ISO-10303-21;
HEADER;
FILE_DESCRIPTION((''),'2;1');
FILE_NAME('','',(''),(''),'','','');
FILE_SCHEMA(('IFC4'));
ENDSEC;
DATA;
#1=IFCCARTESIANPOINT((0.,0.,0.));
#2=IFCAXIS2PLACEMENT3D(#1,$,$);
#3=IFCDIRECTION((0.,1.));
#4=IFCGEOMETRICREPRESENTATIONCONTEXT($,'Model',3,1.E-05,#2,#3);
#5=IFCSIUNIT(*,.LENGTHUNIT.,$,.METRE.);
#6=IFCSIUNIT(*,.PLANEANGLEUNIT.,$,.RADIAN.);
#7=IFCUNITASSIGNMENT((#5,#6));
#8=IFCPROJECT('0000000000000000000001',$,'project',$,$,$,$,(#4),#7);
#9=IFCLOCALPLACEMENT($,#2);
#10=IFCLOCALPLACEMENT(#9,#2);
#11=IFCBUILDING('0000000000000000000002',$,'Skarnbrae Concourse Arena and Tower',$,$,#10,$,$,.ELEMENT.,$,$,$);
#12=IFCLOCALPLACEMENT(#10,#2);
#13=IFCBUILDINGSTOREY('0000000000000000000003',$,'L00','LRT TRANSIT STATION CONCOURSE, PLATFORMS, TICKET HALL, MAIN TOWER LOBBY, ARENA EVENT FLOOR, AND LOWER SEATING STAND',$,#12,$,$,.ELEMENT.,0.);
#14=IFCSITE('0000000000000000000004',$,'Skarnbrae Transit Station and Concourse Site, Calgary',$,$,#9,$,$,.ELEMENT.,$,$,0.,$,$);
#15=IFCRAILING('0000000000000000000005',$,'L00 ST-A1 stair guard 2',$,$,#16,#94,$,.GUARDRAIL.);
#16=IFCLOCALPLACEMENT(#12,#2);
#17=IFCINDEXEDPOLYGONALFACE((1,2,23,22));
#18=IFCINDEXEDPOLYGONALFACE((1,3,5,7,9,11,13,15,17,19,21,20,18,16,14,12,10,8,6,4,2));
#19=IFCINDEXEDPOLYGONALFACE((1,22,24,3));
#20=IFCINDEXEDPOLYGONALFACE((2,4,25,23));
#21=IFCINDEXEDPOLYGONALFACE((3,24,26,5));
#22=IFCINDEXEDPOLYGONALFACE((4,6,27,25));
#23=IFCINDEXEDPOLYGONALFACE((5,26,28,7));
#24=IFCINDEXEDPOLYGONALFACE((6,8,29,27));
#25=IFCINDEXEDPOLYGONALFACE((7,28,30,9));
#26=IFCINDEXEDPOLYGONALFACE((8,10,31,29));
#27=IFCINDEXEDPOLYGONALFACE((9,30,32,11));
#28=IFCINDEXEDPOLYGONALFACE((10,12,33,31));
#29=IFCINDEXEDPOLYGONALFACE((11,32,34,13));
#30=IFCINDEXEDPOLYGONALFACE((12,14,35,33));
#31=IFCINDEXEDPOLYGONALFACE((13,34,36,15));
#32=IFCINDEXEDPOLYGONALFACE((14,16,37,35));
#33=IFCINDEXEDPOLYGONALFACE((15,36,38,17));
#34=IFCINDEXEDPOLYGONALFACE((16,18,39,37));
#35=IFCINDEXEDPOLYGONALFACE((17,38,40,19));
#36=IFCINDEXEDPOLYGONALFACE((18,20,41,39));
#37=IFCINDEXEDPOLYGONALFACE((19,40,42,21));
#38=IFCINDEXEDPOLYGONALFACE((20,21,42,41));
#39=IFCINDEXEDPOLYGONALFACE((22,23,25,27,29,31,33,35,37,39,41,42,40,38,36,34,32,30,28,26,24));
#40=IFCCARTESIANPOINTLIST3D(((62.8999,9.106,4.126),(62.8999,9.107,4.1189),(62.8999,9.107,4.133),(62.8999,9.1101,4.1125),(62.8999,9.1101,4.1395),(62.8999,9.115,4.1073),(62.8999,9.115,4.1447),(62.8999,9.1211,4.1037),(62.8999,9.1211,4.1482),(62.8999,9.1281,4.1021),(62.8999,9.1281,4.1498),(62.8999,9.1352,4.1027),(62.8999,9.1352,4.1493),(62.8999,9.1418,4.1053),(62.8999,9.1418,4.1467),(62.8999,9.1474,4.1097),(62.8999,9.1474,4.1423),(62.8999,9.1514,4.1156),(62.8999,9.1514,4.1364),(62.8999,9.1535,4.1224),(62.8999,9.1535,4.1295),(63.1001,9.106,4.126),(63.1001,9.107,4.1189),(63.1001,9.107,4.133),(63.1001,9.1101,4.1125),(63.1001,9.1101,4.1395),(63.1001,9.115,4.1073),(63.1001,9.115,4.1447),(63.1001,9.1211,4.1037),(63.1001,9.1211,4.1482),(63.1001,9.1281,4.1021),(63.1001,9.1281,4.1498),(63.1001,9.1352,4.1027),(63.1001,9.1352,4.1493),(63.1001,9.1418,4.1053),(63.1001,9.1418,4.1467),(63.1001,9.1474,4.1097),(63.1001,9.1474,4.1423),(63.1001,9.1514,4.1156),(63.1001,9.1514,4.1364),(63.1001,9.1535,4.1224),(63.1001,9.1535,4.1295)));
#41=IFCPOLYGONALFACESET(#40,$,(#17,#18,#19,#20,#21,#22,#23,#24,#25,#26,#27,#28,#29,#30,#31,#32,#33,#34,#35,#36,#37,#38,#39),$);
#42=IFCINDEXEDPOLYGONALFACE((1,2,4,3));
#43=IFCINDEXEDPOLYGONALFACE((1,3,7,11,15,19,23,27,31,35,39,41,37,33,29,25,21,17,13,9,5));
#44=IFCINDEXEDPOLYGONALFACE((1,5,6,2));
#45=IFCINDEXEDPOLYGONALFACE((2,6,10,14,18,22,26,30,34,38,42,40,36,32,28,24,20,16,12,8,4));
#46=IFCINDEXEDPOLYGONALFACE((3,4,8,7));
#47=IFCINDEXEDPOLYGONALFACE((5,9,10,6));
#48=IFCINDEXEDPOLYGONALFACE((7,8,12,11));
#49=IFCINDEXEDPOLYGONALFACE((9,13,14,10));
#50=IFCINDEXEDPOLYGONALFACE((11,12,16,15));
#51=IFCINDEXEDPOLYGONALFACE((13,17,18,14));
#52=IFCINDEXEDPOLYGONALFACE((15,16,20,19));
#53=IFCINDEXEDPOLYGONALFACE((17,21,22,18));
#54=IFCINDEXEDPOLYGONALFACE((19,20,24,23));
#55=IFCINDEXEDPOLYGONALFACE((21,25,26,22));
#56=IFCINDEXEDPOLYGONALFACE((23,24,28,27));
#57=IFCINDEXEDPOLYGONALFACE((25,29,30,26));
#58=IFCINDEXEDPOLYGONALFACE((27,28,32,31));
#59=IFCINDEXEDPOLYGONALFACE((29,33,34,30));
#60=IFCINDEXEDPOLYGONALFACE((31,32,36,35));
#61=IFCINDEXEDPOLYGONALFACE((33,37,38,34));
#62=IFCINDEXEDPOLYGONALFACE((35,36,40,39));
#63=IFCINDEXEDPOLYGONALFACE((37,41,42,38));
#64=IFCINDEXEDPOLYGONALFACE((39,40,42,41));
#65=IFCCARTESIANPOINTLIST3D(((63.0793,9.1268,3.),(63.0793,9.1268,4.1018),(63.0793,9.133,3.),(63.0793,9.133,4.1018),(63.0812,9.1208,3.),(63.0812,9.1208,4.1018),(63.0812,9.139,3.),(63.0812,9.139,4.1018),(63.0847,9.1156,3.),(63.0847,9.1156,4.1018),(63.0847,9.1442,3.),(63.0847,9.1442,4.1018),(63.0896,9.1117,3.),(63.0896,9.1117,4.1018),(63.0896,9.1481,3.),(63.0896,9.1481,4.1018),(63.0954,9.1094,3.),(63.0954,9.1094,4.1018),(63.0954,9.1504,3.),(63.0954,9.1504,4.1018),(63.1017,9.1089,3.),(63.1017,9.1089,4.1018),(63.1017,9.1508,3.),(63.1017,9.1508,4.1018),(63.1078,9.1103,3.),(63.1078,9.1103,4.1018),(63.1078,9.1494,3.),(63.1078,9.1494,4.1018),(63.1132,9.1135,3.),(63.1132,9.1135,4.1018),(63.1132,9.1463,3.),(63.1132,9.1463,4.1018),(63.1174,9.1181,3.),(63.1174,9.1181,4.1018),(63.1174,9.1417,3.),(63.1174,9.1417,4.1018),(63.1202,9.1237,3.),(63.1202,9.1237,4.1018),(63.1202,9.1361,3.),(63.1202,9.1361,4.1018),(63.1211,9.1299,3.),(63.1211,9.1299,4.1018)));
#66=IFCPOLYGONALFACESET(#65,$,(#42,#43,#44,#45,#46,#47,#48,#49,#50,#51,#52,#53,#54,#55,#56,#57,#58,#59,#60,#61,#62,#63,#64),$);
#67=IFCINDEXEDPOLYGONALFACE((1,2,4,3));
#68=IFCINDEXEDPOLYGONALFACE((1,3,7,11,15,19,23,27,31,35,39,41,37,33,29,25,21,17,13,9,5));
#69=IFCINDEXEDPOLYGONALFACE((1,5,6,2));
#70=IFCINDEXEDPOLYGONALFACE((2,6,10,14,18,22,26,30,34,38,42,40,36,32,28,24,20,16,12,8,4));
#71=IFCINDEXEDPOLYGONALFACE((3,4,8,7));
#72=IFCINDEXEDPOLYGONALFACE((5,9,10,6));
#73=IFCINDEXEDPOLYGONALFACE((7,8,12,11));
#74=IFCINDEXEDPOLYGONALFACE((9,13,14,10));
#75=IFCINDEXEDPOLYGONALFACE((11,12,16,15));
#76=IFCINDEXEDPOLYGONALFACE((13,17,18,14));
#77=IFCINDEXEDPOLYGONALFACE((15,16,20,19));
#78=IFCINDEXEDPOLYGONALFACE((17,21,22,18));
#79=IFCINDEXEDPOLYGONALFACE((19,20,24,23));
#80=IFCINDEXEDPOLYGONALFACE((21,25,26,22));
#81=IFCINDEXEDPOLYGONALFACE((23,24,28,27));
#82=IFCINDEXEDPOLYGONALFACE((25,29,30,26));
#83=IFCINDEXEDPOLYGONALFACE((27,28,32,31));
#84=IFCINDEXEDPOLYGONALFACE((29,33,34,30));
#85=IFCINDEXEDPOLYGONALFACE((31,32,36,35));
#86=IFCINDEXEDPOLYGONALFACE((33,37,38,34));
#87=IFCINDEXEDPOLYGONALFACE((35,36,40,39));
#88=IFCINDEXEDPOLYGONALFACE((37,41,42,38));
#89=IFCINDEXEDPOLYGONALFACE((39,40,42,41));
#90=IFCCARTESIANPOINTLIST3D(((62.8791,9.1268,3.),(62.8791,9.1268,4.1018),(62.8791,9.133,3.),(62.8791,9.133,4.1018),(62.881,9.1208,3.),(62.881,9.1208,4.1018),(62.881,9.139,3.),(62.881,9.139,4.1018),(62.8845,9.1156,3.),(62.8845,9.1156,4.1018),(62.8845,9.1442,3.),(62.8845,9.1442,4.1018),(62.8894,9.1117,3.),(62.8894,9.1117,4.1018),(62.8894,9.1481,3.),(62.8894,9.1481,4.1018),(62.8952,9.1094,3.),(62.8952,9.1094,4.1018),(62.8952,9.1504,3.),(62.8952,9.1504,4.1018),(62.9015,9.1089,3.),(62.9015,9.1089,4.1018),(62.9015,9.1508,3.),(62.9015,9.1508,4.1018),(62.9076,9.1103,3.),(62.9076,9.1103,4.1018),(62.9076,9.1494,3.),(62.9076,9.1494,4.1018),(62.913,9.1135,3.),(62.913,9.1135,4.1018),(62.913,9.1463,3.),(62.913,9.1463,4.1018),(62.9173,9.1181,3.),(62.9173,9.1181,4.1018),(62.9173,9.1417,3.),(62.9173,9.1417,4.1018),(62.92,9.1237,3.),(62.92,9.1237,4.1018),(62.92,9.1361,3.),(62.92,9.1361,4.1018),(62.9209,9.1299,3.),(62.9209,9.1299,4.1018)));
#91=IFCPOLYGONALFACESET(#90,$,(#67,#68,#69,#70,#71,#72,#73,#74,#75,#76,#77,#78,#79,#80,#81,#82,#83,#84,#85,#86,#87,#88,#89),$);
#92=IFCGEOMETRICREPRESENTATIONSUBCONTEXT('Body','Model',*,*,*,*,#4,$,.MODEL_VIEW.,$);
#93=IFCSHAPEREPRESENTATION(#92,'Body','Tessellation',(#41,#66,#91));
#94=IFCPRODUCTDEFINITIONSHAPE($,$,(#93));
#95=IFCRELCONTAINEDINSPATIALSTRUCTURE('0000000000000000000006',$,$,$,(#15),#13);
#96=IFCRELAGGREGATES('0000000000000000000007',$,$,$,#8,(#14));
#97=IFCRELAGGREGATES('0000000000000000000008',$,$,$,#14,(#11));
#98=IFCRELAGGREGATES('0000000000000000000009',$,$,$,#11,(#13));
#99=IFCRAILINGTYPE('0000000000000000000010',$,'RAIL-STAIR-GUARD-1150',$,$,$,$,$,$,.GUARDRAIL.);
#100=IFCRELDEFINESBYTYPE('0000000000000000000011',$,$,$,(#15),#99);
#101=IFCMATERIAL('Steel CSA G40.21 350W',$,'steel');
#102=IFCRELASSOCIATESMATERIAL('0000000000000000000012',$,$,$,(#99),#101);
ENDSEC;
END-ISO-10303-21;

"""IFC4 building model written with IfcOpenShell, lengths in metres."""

from ifc_helpers import new_model, si_unit, direction, frame, origin, origin_2d, place, context, subcontext, project, spatial, circle, extrude, material, type_object, element, save


model = new_model("IFC4")

# Units and contexts
model_context = context("Model", 3, precision=1e-05, world=origin(), true_north=direction((0.0, 1.0)))
body_context = subcontext(model_context, "Body", "Model", "MODEL_VIEW")
ifc_project = project(units=[si_unit("LENGTHUNIT", "METRE"), si_unit("PLANEANGLEUNIT", "RADIAN")], contexts=[model_context])

# Site, building, storey
site_placement = place(None, origin())
site = spatial("IfcSite", under=ifc_project, at=site_placement, Name="Skarnbrae Transit Station and Concourse Site, Calgary", CompositionType="ELEMENT", RefElevation=0.0)
building_placement = place(site_placement, origin())
building = spatial("IfcBuilding", under=site, at=building_placement, Name="Skarnbrae Concourse Arena and Tower", CompositionType="ELEMENT")
storey_placement = place(building_placement, origin())
storey = spatial("IfcBuildingStorey", under=building, at=storey_placement, Name="L00", Description="LRT TRANSIT STATION CONCOURSE, PLATFORMS, TICKET HALL, MAIN TOWER LOBBY, ARENA EVENT FLOOR, AND LOWER SEATING STAND", CompositionType="ELEMENT", Elevation=0.0)

# Shared definitions
ifc_material_1 = material(Name="Steel CSA G40.21 350W", Category="steel")

# Railing
railing_type_1 = type_object("IfcRailingType", Name="RAIL-STAIR-GUARD-1150", PredefinedType="GUARDRAIL", material=ifc_material_1)
railing_1_placement = place(storey_placement, frame((63.1001, 9.1299, 3.0)))
element("IfcRailing", 1, at=railing_1_placement, inside=storey, type_object=railing_type_1, Name="L00 ST-A1 stair guard 2", PredefinedType="GUARDRAIL", context=body_context, shape_type="SweptSolid", body=[
    extrude(circle(Radius=0.0239, at=origin_2d()), frame((0.0, 0.0, 1.126), z_axis=(-1.0, 0.0, 0.0), x_axis=(0.0, -1.0, 0.0)), (0.0, 0.0, 1.0), 0.2002),
    extrude(circle(Radius=0.021, at=origin_2d()), origin(), (0.0, 0.0, 1.0), 1.1018),
    extrude(circle(Radius=0.021, at=origin_2d()), frame((-0.2002, 0.0, 0.0)), (0.0, 0.0, 1.0), 1.1018),
])

save(model, "model.ifc")
